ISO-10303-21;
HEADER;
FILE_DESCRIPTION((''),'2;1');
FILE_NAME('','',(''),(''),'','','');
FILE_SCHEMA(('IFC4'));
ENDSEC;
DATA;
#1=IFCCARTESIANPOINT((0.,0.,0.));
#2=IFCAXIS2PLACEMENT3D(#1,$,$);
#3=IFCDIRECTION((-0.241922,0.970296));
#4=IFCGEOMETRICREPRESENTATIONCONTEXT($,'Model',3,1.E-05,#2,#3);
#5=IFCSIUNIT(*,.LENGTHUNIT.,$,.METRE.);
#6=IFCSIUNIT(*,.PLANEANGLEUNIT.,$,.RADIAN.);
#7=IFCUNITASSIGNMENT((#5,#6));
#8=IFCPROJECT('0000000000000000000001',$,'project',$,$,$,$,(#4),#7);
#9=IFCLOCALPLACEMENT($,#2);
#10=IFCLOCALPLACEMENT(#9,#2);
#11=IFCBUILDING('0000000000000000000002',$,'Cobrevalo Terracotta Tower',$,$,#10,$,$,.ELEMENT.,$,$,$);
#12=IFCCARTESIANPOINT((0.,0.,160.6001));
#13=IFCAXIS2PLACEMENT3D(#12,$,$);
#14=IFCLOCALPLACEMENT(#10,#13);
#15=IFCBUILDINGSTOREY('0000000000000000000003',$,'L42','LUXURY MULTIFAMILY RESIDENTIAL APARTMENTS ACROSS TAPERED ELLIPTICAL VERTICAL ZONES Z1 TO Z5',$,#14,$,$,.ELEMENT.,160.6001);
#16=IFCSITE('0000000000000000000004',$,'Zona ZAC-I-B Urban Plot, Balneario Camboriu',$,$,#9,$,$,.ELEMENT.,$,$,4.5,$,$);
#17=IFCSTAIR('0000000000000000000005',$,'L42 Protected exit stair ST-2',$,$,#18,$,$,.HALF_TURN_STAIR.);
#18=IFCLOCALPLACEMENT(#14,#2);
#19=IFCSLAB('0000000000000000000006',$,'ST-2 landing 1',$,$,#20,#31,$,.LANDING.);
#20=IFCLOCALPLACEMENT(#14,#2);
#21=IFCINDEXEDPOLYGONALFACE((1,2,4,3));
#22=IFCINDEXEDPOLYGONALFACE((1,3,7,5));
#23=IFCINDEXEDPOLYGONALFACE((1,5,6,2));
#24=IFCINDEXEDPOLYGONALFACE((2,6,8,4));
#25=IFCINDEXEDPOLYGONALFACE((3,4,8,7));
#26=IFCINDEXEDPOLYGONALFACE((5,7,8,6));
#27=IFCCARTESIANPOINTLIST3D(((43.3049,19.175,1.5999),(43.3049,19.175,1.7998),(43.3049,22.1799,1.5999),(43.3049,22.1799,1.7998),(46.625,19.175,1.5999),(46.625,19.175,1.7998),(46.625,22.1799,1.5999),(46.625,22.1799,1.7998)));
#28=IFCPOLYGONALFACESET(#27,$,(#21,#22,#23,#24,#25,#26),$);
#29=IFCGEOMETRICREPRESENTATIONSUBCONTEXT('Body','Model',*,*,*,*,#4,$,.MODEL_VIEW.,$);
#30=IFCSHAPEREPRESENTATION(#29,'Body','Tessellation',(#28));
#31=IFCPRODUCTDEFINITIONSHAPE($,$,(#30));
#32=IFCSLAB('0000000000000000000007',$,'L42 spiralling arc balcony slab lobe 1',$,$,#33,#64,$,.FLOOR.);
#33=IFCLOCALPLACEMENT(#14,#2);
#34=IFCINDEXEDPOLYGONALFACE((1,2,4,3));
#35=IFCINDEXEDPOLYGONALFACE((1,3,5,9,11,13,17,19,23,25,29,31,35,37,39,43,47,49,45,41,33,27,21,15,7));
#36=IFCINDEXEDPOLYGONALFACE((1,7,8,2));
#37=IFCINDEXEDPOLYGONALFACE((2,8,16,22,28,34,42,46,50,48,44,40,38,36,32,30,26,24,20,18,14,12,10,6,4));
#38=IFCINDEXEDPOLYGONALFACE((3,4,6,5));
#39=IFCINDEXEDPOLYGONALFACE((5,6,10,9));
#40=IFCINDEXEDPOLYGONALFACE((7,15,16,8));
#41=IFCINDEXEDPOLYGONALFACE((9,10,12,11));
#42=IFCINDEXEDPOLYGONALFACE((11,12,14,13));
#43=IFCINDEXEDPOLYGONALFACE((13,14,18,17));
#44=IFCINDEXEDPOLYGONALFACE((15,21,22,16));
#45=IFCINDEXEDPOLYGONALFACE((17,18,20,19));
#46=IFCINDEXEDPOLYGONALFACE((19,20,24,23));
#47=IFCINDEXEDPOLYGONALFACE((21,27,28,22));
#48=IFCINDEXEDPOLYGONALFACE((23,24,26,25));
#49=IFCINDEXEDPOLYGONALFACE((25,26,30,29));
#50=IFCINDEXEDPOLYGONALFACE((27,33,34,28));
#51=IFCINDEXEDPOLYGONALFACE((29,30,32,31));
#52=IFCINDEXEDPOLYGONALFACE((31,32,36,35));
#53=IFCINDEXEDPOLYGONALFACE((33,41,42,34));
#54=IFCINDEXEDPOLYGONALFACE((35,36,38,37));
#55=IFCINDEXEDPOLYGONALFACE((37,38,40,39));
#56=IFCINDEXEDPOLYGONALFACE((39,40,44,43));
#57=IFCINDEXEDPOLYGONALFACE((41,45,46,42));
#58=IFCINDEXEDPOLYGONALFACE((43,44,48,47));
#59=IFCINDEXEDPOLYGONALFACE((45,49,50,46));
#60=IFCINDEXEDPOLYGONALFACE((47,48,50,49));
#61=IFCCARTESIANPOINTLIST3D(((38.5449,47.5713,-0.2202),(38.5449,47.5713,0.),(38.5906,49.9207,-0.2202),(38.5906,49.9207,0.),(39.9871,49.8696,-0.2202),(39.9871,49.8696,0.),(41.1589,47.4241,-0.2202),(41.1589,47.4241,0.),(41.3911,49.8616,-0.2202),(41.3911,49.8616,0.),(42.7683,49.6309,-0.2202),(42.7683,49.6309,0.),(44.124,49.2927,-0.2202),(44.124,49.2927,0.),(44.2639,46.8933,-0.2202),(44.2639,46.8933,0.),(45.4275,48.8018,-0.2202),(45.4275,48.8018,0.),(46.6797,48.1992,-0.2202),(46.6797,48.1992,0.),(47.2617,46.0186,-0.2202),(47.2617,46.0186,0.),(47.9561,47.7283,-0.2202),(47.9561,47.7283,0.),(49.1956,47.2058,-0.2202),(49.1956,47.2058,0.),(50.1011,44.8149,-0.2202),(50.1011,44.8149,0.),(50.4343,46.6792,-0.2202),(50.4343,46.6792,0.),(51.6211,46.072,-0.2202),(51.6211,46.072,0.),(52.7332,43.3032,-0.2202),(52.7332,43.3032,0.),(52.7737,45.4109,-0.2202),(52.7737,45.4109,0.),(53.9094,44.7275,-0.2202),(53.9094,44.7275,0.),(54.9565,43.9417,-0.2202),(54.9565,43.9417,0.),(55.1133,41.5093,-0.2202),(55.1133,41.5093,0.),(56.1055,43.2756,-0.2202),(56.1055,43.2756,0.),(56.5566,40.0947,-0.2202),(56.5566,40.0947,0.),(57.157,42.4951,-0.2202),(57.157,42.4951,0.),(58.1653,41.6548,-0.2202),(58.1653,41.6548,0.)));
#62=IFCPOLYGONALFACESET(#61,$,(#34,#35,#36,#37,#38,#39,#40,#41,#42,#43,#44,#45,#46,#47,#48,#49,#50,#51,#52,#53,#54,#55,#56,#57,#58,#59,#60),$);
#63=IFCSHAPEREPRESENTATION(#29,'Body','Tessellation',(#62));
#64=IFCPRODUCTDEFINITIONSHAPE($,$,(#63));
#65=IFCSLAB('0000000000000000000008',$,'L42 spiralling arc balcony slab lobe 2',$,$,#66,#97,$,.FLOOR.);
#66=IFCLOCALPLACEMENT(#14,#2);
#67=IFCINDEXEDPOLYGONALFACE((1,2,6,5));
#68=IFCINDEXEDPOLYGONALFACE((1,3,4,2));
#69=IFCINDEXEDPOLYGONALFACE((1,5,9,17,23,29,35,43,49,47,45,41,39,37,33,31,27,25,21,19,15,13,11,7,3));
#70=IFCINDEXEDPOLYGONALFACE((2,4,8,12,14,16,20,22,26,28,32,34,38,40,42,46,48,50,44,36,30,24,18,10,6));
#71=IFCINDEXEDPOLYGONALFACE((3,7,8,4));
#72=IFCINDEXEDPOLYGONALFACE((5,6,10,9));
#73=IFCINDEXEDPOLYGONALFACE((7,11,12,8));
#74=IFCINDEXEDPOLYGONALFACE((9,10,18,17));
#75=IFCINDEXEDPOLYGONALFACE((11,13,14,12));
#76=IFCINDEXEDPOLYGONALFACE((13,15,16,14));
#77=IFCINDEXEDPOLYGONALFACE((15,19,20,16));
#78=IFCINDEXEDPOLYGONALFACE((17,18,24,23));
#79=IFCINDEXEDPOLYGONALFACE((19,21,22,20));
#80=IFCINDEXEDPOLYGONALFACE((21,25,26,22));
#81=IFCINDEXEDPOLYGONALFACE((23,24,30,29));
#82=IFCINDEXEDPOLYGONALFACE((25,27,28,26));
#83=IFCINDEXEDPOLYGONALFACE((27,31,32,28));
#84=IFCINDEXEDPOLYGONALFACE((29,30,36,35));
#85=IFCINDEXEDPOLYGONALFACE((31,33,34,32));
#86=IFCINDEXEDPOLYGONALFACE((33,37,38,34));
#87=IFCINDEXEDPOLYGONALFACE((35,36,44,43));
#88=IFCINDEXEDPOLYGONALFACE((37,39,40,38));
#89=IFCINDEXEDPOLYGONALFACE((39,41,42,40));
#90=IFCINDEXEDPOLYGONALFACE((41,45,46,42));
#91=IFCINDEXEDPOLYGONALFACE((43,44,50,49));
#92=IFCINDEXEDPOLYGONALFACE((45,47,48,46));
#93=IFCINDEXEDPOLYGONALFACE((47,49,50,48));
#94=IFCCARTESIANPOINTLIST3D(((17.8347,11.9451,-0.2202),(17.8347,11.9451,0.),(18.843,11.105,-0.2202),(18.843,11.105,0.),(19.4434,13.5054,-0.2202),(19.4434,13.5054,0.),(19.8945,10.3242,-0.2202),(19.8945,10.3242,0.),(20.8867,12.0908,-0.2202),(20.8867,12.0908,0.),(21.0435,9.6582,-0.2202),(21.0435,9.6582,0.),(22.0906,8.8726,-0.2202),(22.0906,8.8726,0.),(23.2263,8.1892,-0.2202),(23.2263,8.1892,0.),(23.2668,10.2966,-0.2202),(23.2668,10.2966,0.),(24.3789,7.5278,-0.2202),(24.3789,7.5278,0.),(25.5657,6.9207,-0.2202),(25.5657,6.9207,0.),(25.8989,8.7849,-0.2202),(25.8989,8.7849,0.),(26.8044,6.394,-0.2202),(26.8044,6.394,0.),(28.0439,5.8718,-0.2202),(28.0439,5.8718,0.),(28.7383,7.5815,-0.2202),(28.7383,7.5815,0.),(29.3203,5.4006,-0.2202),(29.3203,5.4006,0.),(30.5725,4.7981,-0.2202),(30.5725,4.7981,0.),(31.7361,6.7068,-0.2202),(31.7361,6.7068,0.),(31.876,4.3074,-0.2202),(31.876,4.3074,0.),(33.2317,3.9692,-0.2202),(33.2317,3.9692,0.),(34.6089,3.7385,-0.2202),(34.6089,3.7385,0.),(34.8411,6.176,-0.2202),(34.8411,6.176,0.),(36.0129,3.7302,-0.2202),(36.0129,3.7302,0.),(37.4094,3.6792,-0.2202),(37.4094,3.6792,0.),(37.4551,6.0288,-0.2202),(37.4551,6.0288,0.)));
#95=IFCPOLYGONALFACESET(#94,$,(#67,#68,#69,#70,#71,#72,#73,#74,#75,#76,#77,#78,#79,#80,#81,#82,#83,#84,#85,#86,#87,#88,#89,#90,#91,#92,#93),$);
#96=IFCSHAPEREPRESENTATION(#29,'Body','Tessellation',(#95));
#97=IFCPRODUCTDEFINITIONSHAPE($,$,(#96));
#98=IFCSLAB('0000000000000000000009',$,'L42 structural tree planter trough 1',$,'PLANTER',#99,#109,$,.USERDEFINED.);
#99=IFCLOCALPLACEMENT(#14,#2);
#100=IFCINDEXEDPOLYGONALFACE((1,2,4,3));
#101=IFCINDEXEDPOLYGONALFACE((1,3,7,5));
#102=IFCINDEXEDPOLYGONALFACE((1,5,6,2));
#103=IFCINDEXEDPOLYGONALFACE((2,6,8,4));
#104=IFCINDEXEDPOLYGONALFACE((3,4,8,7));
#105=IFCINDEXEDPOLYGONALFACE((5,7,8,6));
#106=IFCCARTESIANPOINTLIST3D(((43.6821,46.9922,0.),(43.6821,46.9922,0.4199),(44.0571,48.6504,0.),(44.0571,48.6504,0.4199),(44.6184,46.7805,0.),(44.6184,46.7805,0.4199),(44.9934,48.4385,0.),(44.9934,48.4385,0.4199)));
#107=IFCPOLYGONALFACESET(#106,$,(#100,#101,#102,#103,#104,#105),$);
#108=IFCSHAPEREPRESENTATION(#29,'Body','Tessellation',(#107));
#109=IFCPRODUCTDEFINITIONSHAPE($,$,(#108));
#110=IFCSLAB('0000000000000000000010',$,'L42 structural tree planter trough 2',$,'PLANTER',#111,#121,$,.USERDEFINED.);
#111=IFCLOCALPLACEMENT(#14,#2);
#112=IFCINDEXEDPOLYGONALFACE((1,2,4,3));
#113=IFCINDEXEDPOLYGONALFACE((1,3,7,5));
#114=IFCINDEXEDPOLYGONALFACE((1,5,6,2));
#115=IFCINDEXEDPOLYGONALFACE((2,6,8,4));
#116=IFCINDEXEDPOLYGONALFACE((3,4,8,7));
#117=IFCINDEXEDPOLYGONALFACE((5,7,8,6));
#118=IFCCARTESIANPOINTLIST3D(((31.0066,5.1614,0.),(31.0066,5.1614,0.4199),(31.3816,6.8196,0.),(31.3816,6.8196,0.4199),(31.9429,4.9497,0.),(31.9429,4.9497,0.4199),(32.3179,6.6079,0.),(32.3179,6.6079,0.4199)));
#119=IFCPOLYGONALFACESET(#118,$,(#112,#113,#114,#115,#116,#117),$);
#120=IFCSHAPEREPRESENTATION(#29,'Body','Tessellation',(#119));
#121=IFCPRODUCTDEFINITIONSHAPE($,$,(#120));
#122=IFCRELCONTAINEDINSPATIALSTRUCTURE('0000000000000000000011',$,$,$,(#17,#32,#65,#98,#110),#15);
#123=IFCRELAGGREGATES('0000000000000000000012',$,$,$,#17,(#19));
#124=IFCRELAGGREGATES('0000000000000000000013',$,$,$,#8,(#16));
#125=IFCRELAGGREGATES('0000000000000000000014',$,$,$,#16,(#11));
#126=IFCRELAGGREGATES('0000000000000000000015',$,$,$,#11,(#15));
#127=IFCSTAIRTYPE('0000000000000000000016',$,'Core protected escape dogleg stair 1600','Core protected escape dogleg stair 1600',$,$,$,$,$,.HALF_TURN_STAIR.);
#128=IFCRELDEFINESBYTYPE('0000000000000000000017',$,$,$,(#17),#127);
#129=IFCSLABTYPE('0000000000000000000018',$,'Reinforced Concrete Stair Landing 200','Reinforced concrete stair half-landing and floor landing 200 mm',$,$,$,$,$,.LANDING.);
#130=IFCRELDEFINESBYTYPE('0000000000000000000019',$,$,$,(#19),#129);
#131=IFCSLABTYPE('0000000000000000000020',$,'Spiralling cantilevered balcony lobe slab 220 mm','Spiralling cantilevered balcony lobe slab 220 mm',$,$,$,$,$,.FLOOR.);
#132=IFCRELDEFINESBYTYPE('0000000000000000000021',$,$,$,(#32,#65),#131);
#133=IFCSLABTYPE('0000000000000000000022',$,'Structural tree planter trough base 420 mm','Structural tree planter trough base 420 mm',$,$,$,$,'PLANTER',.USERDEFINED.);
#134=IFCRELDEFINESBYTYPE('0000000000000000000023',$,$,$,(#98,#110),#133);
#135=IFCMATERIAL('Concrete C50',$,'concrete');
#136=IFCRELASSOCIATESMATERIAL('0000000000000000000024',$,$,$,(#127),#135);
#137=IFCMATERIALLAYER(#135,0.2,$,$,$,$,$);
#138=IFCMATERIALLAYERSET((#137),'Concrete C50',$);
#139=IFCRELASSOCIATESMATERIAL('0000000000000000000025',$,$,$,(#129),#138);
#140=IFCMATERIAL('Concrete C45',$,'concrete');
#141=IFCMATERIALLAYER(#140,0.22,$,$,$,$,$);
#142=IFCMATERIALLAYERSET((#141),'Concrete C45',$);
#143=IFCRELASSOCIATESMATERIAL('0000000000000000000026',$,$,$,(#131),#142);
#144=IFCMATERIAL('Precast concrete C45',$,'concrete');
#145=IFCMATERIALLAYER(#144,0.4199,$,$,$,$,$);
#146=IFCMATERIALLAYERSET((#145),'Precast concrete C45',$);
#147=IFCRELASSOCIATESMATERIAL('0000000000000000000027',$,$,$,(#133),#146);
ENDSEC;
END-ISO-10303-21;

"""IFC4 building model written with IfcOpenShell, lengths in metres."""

from ifc_helpers import new_model, si_unit, direction, frame, origin, place, context, subcontext, project, spatial, polyline, outline, extrude, material, layer, layer_set, type_object, element, aggregate, save


model = new_model("IFC4")

# Units and contexts
model_context = context("Model", 3, precision=1e-05, world=origin(), true_north=direction((-0.241922, 0.970296)))
body_context = subcontext(model_context, "Body", "Model", "MODEL_VIEW")
ifc_project = project(units=[si_unit("LENGTHUNIT", "METRE"), si_unit("PLANEANGLEUNIT", "RADIAN")], contexts=[model_context])

# Site, building, storey
site_placement = place(None, origin())
site = spatial("IfcSite", under=ifc_project, at=site_placement, Name="Zona ZAC-I-B Urban Plot, Balneario Camboriu", CompositionType="ELEMENT", RefElevation=4.5)
building_placement = place(site_placement, origin())
building = spatial("IfcBuilding", under=site, at=building_placement, Name="Cobrevalo Terracotta Tower", CompositionType="ELEMENT")
storey_placement = place(building_placement, frame((0.0, 0.0, 160.6001)))
storey = spatial("IfcBuildingStorey", under=building, at=storey_placement, Name="L42", Description="LUXURY MULTIFAMILY RESIDENTIAL APARTMENTS ACROSS TAPERED ELLIPTICAL VERTICAL ZONES Z1 TO Z5", CompositionType="ELEMENT", Elevation=160.6001)

# Stair, slab
ifc_material_1 = material(Name="Concrete C50", Category="concrete")
stair_type = type_object("IfcStairType", Name="Core protected escape dogleg stair 1600", Description="Core protected escape dogleg stair 1600", PredefinedType="HALF_TURN_STAIR", material=ifc_material_1)
ifc_layer_1 = layer(ifc_material_1, 0.2)
ifc_layer_set_1 = layer_set([ifc_layer_1], Name="Concrete C50")
slab_type_1 = type_object("IfcSlabType", Name="Reinforced Concrete Stair Landing 200", Description="Reinforced concrete stair half-landing and floor landing 200 mm", PredefinedType="LANDING", material=ifc_layer_set_1)
stair_1_placement = place(storey_placement, origin())
stair_1 = element("IfcStair", 1, at=stair_1_placement, inside=storey, type_object=stair_type, Name="L42 Protected exit stair ST-2", PredefinedType="HALF_TURN_STAIR")
slab_1_placement = place(storey_placement, frame((0.0, 0.0, 1.5999)))
slab_1 = element("IfcSlab", 2, at=slab_1_placement, type_object=slab_type_1, Name="ST-2 landing 1", PredefinedType="LANDING", context=body_context, shape_type="SweptSolid", body=[
    extrude(outline(polyline([(43.3049, 22.1799), (43.3049, 19.175), (46.625, 19.175), (46.625, 22.1799), (43.3049, 22.1799)])), origin(), (0.0, 0.0, 1.0), 0.2),
])
aggregate(stair_1, [slab_1])

# Slabs
ifc_material_2 = material(Name="Concrete C45", Category="concrete")
ifc_layer_2 = layer(ifc_material_2, 0.22)
ifc_layer_set_2 = layer_set([ifc_layer_2], Name="Concrete C45")
slab_type_2 = type_object("IfcSlabType", Name="Spiralling cantilevered balcony lobe slab 220 mm", Description="Spiralling cantilevered balcony lobe slab 220 mm", PredefinedType="FLOOR", material=ifc_layer_set_2)
slab_2_placement = place(storey_placement, frame((0.0, 0.0, -0.2202)))
element("IfcSlab", 3, at=slab_2_placement, inside=storey, type_object=slab_type_2, Name="L42 spiralling arc balcony slab lobe 1", PredefinedType="FLOOR", context=body_context, shape_type="SweptSolid", body=[
    extrude(outline(polyline([(58.1653, 41.6548), (57.157, 42.4951), (56.1055, 43.2756), (54.9565, 43.9417), (53.9094, 44.7275), (52.7737, 45.4109), (51.6211, 46.072), (50.4343, 46.6792), (49.1956, 47.2058), (47.9561, 47.7283), (46.6797, 48.1992), (45.4275, 48.8018), (44.124, 49.2927), (42.7683, 49.6309), (41.3911, 49.8616), (39.9871, 49.8696), (38.5906, 49.9207), (38.5449, 47.5713), (41.1589, 47.4241), (44.2639, 46.8933), (47.2617, 46.0186), (50.1011, 44.8149), (52.7332, 43.3032), (55.1133, 41.5093), (56.5566, 40.0947), (58.1653, 41.6548)])), origin(), (0.0, 0.0, 1.0), 0.2202),
])
slab_3_placement = place(storey_placement, frame((0.0, 0.0, -0.2202)))
element("IfcSlab", 4, at=slab_3_placement, inside=storey, type_object=slab_type_2, Name="L42 spiralling arc balcony slab lobe 2", PredefinedType="FLOOR", context=body_context, shape_type="SweptSolid", body=[
    extrude(outline(polyline([(17.8347, 11.9451), (18.843, 11.105), (19.8945, 10.3242), (21.0435, 9.6582), (22.0906, 8.8726), (23.2263, 8.1892), (24.3789, 7.5278), (25.5657, 6.9207), (26.8044, 6.394), (28.0439, 5.8718), (29.3203, 5.4006), (30.5725, 4.7981), (31.876, 4.3074), (33.2317, 3.9692), (34.6089, 3.7385), (36.0129, 3.7302), (37.4094, 3.6792), (37.4551, 6.0288), (34.8411, 6.176), (31.7361, 6.7068), (28.7383, 7.5815), (25.8989, 8.7849), (23.2668, 10.2966), (20.8867, 12.0908), (19.4434, 13.5054), (17.8347, 11.9451)])), origin(), (0.0, 0.0, 1.0), 0.2202),
])
ifc_material_3 = material(Name="Precast concrete C45", Category="concrete")
ifc_layer_3 = layer(ifc_material_3, 0.4199)
ifc_layer_set_3 = layer_set([ifc_layer_3], Name="Precast concrete C45")
slab_type_3 = type_object("IfcSlabType", Name="Structural tree planter trough base 420 mm", Description="Structural tree planter trough base 420 mm", ElementType="PLANTER", PredefinedType="USERDEFINED", material=ifc_layer_set_3)
slab_4_placement = place(storey_placement, origin())
element("IfcSlab", 5, at=slab_4_placement, inside=storey, type_object=slab_type_3, Name="L42 structural tree planter trough 1", ObjectType="PLANTER", PredefinedType="USERDEFINED", context=body_context, shape_type="SweptSolid", body=[
    extrude(outline(polyline([(44.6184, 46.7805), (44.9934, 48.4385), (44.0571, 48.6504), (43.6821, 46.9922), (44.6184, 46.7805)])), origin(), (0.0, 0.0, 1.0), 0.4199),
])
slab_5_placement = place(storey_placement, origin())
element("IfcSlab", 6, at=slab_5_placement, inside=storey, type_object=slab_type_3, Name="L42 structural tree planter trough 2", ObjectType="PLANTER", PredefinedType="USERDEFINED", context=body_context, shape_type="SweptSolid", body=[
    extrude(outline(polyline([(31.3816, 6.8196), (31.0066, 5.1614), (31.9429, 4.9497), (32.3179, 6.6079), (31.3816, 6.8196)])), origin(), (0.0, 0.0, 1.0), 0.4199),
])

save(model, "model.ifc")
